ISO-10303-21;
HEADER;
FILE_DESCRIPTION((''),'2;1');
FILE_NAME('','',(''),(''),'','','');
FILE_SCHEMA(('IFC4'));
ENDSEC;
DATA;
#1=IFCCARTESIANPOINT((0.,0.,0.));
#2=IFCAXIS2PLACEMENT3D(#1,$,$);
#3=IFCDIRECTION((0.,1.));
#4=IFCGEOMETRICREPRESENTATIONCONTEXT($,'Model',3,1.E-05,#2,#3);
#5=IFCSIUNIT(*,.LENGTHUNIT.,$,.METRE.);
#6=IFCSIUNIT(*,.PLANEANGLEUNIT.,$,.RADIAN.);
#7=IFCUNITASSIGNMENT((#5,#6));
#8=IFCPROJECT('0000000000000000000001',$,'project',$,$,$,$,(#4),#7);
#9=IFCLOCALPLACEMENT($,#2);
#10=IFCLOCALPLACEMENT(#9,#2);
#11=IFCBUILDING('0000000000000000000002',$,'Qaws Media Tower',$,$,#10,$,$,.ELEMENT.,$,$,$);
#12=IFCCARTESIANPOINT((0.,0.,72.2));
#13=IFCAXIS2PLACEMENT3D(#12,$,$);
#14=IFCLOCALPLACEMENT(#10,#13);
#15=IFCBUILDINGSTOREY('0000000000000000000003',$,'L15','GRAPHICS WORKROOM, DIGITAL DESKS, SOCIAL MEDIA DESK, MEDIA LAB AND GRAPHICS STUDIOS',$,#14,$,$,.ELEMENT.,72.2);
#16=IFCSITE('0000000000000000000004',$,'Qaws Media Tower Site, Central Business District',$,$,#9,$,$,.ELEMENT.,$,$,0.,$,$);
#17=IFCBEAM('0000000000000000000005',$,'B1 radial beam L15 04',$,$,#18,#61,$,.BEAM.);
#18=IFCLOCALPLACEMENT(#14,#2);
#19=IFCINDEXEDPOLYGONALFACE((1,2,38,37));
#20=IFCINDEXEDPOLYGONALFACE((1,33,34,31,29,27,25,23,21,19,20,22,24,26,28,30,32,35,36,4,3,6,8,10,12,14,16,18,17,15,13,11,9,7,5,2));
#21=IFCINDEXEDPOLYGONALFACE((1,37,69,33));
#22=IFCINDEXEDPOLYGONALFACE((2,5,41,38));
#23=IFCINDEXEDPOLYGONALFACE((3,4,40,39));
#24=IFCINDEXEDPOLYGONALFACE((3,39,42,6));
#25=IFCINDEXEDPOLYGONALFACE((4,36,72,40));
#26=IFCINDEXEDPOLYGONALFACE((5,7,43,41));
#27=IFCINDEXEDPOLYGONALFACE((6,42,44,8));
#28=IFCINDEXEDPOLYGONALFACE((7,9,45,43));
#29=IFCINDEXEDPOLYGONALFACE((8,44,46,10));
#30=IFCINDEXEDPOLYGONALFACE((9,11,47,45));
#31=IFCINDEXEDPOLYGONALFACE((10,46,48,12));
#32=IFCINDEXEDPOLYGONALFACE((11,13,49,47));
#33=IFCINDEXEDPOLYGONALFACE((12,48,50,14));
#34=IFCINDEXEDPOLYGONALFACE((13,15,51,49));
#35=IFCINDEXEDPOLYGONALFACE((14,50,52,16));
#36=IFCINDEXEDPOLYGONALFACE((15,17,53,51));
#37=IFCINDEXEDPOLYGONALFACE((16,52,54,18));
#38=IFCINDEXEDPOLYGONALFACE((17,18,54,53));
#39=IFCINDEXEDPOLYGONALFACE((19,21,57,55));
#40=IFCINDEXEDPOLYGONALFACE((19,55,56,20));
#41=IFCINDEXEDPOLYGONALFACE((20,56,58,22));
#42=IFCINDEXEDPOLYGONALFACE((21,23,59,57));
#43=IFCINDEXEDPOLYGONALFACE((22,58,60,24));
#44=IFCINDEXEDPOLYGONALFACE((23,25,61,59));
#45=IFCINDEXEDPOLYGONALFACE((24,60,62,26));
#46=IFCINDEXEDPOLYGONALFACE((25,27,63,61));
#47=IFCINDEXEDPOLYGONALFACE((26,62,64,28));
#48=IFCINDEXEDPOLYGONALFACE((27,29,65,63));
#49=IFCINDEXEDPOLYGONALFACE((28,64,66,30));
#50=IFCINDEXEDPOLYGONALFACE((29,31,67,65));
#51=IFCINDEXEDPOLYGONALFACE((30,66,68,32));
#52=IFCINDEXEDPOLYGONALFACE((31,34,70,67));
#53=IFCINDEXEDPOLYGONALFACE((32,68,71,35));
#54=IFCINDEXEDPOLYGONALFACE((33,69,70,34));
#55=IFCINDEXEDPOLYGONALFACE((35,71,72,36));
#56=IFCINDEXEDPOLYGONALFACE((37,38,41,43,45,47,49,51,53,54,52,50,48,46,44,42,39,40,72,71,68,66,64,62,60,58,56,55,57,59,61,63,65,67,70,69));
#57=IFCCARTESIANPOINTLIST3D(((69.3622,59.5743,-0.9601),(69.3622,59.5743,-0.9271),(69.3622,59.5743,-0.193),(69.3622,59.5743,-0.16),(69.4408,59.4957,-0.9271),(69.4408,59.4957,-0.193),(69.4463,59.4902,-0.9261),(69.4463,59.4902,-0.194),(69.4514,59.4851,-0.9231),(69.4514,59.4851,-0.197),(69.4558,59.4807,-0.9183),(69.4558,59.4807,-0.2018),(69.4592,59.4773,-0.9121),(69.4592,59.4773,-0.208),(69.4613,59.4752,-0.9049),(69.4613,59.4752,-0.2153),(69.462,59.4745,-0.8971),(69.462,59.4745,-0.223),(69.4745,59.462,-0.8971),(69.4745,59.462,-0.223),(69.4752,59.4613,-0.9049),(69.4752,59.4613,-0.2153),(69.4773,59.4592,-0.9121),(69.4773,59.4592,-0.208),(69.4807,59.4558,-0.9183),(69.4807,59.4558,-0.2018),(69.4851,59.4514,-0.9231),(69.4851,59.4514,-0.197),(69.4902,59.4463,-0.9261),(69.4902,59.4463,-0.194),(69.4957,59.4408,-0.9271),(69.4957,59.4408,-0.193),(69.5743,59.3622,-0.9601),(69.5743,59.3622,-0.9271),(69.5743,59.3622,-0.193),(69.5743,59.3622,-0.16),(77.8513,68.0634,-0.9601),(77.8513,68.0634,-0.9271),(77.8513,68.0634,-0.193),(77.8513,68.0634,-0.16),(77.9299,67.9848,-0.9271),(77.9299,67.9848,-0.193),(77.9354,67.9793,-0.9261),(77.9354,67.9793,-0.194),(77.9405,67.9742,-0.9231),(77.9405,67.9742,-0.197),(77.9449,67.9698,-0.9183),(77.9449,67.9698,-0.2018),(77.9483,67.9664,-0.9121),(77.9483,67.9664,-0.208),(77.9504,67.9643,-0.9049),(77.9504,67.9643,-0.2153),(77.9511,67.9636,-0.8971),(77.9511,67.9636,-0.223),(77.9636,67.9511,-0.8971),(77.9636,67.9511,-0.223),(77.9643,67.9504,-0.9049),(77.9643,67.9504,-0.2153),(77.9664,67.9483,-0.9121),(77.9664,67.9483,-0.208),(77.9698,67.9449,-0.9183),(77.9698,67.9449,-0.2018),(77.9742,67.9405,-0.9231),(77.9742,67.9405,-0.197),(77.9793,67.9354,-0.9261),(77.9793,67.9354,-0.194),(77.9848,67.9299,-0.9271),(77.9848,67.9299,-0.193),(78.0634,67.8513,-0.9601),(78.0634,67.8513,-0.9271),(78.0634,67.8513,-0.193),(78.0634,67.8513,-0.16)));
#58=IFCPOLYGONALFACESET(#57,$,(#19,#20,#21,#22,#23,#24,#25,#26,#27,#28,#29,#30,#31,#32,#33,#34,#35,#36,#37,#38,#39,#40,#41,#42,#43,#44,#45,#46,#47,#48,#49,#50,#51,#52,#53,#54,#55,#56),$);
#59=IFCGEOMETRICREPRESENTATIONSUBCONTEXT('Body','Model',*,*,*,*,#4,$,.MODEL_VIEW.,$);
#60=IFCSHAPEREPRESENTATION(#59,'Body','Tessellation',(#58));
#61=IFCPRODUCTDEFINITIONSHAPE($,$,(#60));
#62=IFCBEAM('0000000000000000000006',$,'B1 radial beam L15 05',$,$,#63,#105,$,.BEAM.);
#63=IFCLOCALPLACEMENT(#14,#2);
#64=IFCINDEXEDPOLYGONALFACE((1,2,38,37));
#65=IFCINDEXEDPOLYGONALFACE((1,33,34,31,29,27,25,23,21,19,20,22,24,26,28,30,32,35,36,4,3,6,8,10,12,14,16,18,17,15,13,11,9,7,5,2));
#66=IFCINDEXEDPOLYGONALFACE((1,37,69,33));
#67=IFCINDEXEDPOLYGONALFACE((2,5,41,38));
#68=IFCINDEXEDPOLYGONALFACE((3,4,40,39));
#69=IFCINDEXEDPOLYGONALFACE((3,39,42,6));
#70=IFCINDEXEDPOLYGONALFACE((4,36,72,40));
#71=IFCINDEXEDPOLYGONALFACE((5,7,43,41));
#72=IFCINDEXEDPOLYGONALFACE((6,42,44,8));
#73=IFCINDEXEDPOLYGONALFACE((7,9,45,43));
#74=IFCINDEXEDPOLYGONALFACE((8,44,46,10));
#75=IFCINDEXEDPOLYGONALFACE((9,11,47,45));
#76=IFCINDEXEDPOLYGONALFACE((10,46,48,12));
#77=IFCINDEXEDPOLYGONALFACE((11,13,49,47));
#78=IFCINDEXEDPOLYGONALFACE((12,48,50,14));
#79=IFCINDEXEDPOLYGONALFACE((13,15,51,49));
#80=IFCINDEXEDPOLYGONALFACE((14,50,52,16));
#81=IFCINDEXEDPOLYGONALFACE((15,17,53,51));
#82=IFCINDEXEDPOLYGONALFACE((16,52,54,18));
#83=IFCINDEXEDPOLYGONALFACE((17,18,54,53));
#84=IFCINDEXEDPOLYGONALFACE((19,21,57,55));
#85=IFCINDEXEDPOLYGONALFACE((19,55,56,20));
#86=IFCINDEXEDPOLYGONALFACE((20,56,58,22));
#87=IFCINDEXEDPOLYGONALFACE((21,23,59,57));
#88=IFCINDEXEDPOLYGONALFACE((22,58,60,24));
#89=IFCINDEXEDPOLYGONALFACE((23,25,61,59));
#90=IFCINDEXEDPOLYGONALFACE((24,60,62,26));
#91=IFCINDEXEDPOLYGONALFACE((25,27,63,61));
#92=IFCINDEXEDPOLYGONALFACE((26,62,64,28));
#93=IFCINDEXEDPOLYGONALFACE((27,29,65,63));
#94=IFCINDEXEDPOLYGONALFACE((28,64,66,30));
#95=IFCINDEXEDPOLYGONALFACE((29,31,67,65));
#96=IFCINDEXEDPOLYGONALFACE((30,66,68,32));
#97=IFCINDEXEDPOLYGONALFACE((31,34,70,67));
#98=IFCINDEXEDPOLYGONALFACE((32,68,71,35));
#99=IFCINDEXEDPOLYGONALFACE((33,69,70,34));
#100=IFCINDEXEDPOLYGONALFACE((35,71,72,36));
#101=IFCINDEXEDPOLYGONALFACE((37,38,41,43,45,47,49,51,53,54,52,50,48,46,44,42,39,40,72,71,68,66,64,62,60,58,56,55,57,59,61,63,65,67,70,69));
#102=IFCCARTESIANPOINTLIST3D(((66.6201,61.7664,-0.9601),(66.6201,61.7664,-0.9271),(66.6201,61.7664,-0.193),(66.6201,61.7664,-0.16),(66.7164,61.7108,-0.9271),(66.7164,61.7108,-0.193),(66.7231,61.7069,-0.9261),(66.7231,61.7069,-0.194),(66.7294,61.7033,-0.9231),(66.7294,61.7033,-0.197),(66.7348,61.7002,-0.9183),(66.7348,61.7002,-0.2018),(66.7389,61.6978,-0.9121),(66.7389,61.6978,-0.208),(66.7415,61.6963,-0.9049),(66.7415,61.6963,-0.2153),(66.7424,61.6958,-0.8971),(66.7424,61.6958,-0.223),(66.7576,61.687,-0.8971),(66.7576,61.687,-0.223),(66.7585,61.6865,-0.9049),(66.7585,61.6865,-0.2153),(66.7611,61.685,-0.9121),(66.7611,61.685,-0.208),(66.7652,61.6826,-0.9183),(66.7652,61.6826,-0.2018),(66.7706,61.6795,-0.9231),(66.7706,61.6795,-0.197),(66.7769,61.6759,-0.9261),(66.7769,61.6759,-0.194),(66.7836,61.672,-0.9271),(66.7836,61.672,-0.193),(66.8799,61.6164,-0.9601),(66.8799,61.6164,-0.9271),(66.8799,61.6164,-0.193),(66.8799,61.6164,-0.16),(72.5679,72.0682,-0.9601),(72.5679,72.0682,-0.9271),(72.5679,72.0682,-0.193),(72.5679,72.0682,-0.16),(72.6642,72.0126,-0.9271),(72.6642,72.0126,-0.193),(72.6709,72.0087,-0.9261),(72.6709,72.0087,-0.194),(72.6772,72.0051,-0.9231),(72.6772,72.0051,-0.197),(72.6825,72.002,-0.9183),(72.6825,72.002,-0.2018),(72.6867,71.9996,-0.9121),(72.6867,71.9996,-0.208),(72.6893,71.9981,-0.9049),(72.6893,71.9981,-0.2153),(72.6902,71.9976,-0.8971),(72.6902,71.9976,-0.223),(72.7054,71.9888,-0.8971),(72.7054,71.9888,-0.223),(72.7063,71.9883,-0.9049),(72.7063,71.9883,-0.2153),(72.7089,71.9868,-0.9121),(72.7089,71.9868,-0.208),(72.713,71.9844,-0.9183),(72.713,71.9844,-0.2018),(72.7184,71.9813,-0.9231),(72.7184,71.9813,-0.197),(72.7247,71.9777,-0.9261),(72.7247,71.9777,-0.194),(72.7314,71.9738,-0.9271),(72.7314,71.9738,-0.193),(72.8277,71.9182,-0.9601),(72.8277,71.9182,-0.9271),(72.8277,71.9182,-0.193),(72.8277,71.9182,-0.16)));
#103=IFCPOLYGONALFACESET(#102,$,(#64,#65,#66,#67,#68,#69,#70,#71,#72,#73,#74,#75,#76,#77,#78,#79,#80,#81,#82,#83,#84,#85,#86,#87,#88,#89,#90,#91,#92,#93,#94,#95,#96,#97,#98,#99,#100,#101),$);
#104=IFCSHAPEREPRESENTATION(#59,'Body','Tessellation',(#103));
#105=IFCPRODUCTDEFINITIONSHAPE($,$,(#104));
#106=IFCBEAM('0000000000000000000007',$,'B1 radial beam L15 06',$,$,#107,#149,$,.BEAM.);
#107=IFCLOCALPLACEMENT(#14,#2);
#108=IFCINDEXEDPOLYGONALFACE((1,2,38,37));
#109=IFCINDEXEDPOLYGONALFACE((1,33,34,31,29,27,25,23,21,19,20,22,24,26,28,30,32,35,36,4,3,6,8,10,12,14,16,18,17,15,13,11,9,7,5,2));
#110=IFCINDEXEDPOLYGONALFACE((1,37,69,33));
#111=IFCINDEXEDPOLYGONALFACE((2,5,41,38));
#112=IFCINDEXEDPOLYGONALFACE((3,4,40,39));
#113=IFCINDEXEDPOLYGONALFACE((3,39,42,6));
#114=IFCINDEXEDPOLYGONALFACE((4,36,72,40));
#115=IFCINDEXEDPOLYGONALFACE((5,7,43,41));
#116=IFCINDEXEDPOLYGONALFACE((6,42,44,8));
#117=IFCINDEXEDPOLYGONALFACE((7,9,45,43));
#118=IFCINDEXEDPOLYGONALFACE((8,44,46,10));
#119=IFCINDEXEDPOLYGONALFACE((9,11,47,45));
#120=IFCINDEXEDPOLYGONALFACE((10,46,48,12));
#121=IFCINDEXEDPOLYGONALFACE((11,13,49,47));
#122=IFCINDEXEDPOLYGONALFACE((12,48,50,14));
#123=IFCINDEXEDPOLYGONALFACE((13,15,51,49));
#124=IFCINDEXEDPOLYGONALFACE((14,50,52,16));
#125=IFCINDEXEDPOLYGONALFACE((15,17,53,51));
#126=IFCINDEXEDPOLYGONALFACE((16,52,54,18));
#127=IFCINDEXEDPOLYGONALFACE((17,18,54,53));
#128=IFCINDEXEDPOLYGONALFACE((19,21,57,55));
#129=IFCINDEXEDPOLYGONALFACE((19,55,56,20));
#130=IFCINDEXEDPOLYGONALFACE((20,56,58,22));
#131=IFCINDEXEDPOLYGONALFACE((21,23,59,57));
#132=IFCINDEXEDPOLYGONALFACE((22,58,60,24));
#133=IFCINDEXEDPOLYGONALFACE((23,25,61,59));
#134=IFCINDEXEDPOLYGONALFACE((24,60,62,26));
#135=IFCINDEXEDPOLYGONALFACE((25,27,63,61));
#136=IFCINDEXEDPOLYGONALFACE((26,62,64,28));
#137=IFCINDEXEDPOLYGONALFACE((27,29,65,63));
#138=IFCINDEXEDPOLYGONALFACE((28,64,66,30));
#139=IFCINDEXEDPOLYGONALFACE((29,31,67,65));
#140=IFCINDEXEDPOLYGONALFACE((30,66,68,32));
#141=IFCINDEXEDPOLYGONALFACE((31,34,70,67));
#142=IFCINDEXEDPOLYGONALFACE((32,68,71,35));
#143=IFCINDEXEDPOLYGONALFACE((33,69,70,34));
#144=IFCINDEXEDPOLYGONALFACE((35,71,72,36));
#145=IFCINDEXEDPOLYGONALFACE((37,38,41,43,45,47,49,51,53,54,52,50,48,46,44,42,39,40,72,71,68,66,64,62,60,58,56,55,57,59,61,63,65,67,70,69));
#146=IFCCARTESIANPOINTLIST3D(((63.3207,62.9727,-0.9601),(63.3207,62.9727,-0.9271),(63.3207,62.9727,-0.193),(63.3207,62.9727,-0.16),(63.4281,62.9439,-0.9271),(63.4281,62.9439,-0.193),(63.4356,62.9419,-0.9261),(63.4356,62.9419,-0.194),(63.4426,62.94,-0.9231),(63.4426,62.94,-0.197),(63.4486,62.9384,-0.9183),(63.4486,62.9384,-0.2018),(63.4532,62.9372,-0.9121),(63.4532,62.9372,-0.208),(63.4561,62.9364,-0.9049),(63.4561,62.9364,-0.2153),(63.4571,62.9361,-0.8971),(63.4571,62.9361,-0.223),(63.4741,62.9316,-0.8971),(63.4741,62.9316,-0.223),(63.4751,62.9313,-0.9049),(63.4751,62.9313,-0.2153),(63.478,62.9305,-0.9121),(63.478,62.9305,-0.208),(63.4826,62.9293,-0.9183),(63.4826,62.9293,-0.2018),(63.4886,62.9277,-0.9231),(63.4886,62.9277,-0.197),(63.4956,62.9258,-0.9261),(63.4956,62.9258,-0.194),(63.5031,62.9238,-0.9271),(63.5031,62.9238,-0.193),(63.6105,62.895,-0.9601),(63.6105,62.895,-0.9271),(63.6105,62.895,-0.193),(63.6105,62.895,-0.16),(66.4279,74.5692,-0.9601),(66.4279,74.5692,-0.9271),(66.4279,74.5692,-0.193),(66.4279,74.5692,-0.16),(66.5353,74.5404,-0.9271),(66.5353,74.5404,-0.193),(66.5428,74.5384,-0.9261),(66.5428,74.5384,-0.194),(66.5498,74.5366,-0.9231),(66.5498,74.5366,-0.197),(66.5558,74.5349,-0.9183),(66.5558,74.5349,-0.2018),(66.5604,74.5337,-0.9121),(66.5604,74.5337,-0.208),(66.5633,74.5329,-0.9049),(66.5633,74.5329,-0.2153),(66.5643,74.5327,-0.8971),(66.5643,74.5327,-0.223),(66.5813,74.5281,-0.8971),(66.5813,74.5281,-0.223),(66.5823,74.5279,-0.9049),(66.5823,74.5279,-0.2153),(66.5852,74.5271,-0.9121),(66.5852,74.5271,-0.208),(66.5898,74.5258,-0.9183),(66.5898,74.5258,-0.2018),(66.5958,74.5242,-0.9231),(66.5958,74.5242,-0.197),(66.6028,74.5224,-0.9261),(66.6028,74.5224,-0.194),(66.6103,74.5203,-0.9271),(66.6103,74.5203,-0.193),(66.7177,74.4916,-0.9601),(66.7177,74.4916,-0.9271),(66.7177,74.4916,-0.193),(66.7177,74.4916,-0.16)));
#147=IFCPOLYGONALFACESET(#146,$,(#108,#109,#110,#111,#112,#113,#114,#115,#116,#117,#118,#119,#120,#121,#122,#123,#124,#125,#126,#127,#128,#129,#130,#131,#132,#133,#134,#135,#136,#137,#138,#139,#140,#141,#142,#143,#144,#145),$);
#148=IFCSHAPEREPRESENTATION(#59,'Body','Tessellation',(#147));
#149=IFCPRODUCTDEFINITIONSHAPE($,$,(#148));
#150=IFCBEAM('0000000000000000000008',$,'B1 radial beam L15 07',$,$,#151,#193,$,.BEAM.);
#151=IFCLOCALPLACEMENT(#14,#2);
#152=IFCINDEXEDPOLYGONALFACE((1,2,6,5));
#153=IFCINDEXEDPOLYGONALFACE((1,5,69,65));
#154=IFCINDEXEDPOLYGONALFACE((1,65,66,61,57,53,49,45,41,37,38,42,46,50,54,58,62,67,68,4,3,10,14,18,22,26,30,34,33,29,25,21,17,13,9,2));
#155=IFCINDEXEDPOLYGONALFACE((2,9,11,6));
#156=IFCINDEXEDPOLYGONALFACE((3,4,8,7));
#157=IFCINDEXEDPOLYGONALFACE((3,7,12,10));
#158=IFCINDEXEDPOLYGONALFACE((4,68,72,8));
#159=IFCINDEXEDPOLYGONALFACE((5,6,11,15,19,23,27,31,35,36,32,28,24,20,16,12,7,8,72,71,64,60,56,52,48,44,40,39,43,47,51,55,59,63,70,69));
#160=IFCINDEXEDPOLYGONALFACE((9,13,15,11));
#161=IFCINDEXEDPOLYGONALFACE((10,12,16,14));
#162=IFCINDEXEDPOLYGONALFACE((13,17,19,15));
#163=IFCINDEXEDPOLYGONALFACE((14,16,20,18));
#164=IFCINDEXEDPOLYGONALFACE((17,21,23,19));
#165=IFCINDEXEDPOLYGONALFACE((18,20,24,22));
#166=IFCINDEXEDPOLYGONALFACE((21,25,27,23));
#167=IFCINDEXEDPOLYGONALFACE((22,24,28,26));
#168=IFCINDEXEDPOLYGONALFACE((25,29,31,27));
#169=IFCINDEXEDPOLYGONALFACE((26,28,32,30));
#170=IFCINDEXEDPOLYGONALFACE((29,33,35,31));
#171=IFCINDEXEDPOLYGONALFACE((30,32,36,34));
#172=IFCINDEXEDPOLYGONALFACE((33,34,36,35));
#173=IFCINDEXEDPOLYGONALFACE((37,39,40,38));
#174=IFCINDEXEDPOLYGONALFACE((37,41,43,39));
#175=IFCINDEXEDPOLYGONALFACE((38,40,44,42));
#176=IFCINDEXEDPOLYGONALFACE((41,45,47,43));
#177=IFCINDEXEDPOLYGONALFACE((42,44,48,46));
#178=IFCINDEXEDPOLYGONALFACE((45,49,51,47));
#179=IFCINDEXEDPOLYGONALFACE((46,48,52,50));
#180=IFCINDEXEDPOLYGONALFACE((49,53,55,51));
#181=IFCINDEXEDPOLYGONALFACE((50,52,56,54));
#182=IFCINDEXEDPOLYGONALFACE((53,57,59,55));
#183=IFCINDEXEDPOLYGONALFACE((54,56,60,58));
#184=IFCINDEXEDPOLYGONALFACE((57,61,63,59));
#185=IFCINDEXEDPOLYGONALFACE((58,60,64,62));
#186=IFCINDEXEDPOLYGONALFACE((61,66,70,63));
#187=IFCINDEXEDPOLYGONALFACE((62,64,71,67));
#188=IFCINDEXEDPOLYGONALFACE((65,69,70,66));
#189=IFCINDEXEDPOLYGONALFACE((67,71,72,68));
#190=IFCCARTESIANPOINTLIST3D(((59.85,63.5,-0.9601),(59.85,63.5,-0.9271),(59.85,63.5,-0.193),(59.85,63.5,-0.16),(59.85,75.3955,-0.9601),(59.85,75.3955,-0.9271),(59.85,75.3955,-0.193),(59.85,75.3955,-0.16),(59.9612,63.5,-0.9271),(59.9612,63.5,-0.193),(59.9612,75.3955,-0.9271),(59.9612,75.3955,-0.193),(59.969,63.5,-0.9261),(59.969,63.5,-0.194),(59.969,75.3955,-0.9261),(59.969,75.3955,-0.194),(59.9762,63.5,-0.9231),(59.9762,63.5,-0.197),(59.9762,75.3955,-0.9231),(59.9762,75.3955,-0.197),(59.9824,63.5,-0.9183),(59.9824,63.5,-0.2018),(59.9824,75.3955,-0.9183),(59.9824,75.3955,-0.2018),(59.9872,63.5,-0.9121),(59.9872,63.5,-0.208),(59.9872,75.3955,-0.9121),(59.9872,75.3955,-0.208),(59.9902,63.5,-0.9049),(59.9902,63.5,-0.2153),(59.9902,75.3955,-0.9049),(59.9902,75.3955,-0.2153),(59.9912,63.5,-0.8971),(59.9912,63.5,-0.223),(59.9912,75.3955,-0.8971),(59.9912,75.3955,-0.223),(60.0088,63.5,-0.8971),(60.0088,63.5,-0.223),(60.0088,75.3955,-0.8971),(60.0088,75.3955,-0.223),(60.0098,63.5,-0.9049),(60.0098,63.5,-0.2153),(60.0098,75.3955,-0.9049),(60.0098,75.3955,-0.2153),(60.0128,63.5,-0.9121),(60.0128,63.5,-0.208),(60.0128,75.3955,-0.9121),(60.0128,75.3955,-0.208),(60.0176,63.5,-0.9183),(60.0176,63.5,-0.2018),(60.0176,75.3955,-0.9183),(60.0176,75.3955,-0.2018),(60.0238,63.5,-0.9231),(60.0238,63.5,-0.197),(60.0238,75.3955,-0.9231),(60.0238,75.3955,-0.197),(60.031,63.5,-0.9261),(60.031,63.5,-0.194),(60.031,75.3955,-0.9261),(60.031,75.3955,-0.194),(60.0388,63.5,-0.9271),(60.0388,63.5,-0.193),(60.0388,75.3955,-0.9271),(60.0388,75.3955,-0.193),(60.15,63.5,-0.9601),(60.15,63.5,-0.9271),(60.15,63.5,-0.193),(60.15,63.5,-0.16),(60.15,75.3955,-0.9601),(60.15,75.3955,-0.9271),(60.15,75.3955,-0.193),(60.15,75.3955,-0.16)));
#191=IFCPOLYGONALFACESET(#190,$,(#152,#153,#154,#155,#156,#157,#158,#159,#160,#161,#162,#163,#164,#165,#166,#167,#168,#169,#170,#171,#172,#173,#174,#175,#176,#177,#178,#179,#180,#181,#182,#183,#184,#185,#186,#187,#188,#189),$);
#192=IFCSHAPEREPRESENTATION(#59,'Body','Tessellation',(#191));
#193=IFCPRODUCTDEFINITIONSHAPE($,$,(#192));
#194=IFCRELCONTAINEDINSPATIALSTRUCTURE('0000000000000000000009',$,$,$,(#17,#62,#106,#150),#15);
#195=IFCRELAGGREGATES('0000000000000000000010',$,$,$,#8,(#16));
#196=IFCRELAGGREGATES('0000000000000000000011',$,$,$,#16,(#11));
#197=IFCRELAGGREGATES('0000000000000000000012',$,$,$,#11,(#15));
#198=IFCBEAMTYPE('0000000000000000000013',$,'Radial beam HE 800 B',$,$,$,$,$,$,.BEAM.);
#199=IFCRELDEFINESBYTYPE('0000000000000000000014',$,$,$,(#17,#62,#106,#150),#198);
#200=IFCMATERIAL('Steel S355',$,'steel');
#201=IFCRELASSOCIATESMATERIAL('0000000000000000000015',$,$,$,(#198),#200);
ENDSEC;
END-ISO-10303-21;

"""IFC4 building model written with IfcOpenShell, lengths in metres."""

from ifc_helpers import new_model, si_unit, direction, frame, origin, origin_2d, place, context, subcontext, project, spatial, i_section, extrude, material, material_profile, profile_set, type_object, element, save


model = new_model("IFC4")

# Units and contexts
model_context = context("Model", 3, precision=1e-05, world=origin(), true_north=direction((0.0, 1.0)))
body_context = subcontext(model_context, "Body", "Model", "MODEL_VIEW")
ifc_project = project(units=[si_unit("LENGTHUNIT", "METRE"), si_unit("PLANEANGLEUNIT", "RADIAN")], contexts=[model_context])

# Site, building, storey
site_placement = place(None, origin())
site = spatial("IfcSite", under=ifc_project, at=site_placement, Name="Qaws Media Tower Site, Central Business District", CompositionType="ELEMENT", RefElevation=0.0)
building_placement = place(site_placement, origin())
building = spatial("IfcBuilding", under=site, at=building_placement, Name="Qaws Media Tower", CompositionType="ELEMENT")
storey_placement = place(building_placement, frame((0.0, 0.0, 72.2)))
storey = spatial("IfcBuildingStorey", under=building, at=storey_placement, Name="L15", Description="GRAPHICS WORKROOM, DIGITAL DESKS, SOCIAL MEDIA DESK, MEDIA LAB AND GRAPHICS STUDIOS", CompositionType="ELEMENT", Elevation=72.2)

# Beams
ifc_material_1 = material(Name="Steel S355", Category="steel")
ifc_material_profile_1 = material_profile(ifc_material_1, i_section(OverallWidth=0.3, OverallDepth=0.8, WebThickness=0.0176, FlangeThickness=0.033, FilletRadius=0.03, at=origin_2d()), Name="HE 800 B")
ifc_profile_set_1 = profile_set([ifc_material_profile_1], Name="Steel S355")
beam_type_1 = type_object("IfcBeamType", Name="Radial beam HE 800 B", PredefinedType="BEAM", material=ifc_profile_set_1)
beam_1_placement = place(storey_placement, frame((69.4683, 59.4683, -0.5601), z_axis=(0.707107, 0.707107, 0.0), x_axis=(-0.707107, 0.707107, 0.0)))
element("IfcBeam", 1, at=beam_1_placement, inside=storey, type_object=beam_type_1, Name="B1 radial beam L15 04", PredefinedType="BEAM", context=body_context, shape_type="SweptSolid", body=[
    extrude(i_section(OverallWidth=0.3, OverallDepth=0.8, WebThickness=0.0176, FlangeThickness=0.033, FilletRadius=0.03, at=origin_2d()), origin(), (0.0, 0.0, 1.0), 12.0054),
])
beam_2_placement = place(storey_placement, frame((66.75, 61.6914, -0.5601), z_axis=(0.500002, 0.866024, 0.0), x_axis=(-0.866024, 0.500002, 0.0)))
element("IfcBeam", 2, at=beam_2_placement, inside=storey, type_object=beam_type_1, Name="B1 radial beam L15 05", PredefinedType="BEAM", context=body_context, shape_type="SweptSolid", body=[
    extrude(i_section(OverallWidth=0.3, OverallDepth=0.8, WebThickness=0.0176, FlangeThickness=0.033, FilletRadius=0.03, at=origin_2d()), origin(), (0.0, 0.0, 1.0), 11.8955),
])
beam_3_placement = place(storey_placement, frame((63.4656, 62.9338, -0.5601), z_axis=(0.258813, 0.965927, 0.0), x_axis=(-0.965927, 0.258813, 0.0)))
element("IfcBeam", 3, at=beam_3_placement, inside=storey, type_object=beam_type_1, Name="B1 radial beam L15 06", PredefinedType="BEAM", context=body_context, shape_type="SweptSolid", body=[
    extrude(i_section(OverallWidth=0.3, OverallDepth=0.8, WebThickness=0.0176, FlangeThickness=0.033, FilletRadius=0.03, at=origin_2d()), origin(), (0.0, 0.0, 1.0), 12.0056),
])
beam_4_placement = place(storey_placement, frame((60.0, 63.5, -0.5601), z_axis=(0.0, 1.0, 0.0), x_axis=(-1.0, 0.0, 0.0)))
element("IfcBeam", 4, at=beam_4_placement, inside=storey, type_object=beam_type_1, Name="B1 radial beam L15 07", PredefinedType="BEAM", context=body_context, shape_type="SweptSolid", body=[
    extrude(i_section(OverallWidth=0.3, OverallDepth=0.8, WebThickness=0.0176, FlangeThickness=0.033, FilletRadius=0.03, at=origin_2d()), origin(), (0.0, 0.0, 1.0), 11.8955),
])

save(model, "model.ifc")
